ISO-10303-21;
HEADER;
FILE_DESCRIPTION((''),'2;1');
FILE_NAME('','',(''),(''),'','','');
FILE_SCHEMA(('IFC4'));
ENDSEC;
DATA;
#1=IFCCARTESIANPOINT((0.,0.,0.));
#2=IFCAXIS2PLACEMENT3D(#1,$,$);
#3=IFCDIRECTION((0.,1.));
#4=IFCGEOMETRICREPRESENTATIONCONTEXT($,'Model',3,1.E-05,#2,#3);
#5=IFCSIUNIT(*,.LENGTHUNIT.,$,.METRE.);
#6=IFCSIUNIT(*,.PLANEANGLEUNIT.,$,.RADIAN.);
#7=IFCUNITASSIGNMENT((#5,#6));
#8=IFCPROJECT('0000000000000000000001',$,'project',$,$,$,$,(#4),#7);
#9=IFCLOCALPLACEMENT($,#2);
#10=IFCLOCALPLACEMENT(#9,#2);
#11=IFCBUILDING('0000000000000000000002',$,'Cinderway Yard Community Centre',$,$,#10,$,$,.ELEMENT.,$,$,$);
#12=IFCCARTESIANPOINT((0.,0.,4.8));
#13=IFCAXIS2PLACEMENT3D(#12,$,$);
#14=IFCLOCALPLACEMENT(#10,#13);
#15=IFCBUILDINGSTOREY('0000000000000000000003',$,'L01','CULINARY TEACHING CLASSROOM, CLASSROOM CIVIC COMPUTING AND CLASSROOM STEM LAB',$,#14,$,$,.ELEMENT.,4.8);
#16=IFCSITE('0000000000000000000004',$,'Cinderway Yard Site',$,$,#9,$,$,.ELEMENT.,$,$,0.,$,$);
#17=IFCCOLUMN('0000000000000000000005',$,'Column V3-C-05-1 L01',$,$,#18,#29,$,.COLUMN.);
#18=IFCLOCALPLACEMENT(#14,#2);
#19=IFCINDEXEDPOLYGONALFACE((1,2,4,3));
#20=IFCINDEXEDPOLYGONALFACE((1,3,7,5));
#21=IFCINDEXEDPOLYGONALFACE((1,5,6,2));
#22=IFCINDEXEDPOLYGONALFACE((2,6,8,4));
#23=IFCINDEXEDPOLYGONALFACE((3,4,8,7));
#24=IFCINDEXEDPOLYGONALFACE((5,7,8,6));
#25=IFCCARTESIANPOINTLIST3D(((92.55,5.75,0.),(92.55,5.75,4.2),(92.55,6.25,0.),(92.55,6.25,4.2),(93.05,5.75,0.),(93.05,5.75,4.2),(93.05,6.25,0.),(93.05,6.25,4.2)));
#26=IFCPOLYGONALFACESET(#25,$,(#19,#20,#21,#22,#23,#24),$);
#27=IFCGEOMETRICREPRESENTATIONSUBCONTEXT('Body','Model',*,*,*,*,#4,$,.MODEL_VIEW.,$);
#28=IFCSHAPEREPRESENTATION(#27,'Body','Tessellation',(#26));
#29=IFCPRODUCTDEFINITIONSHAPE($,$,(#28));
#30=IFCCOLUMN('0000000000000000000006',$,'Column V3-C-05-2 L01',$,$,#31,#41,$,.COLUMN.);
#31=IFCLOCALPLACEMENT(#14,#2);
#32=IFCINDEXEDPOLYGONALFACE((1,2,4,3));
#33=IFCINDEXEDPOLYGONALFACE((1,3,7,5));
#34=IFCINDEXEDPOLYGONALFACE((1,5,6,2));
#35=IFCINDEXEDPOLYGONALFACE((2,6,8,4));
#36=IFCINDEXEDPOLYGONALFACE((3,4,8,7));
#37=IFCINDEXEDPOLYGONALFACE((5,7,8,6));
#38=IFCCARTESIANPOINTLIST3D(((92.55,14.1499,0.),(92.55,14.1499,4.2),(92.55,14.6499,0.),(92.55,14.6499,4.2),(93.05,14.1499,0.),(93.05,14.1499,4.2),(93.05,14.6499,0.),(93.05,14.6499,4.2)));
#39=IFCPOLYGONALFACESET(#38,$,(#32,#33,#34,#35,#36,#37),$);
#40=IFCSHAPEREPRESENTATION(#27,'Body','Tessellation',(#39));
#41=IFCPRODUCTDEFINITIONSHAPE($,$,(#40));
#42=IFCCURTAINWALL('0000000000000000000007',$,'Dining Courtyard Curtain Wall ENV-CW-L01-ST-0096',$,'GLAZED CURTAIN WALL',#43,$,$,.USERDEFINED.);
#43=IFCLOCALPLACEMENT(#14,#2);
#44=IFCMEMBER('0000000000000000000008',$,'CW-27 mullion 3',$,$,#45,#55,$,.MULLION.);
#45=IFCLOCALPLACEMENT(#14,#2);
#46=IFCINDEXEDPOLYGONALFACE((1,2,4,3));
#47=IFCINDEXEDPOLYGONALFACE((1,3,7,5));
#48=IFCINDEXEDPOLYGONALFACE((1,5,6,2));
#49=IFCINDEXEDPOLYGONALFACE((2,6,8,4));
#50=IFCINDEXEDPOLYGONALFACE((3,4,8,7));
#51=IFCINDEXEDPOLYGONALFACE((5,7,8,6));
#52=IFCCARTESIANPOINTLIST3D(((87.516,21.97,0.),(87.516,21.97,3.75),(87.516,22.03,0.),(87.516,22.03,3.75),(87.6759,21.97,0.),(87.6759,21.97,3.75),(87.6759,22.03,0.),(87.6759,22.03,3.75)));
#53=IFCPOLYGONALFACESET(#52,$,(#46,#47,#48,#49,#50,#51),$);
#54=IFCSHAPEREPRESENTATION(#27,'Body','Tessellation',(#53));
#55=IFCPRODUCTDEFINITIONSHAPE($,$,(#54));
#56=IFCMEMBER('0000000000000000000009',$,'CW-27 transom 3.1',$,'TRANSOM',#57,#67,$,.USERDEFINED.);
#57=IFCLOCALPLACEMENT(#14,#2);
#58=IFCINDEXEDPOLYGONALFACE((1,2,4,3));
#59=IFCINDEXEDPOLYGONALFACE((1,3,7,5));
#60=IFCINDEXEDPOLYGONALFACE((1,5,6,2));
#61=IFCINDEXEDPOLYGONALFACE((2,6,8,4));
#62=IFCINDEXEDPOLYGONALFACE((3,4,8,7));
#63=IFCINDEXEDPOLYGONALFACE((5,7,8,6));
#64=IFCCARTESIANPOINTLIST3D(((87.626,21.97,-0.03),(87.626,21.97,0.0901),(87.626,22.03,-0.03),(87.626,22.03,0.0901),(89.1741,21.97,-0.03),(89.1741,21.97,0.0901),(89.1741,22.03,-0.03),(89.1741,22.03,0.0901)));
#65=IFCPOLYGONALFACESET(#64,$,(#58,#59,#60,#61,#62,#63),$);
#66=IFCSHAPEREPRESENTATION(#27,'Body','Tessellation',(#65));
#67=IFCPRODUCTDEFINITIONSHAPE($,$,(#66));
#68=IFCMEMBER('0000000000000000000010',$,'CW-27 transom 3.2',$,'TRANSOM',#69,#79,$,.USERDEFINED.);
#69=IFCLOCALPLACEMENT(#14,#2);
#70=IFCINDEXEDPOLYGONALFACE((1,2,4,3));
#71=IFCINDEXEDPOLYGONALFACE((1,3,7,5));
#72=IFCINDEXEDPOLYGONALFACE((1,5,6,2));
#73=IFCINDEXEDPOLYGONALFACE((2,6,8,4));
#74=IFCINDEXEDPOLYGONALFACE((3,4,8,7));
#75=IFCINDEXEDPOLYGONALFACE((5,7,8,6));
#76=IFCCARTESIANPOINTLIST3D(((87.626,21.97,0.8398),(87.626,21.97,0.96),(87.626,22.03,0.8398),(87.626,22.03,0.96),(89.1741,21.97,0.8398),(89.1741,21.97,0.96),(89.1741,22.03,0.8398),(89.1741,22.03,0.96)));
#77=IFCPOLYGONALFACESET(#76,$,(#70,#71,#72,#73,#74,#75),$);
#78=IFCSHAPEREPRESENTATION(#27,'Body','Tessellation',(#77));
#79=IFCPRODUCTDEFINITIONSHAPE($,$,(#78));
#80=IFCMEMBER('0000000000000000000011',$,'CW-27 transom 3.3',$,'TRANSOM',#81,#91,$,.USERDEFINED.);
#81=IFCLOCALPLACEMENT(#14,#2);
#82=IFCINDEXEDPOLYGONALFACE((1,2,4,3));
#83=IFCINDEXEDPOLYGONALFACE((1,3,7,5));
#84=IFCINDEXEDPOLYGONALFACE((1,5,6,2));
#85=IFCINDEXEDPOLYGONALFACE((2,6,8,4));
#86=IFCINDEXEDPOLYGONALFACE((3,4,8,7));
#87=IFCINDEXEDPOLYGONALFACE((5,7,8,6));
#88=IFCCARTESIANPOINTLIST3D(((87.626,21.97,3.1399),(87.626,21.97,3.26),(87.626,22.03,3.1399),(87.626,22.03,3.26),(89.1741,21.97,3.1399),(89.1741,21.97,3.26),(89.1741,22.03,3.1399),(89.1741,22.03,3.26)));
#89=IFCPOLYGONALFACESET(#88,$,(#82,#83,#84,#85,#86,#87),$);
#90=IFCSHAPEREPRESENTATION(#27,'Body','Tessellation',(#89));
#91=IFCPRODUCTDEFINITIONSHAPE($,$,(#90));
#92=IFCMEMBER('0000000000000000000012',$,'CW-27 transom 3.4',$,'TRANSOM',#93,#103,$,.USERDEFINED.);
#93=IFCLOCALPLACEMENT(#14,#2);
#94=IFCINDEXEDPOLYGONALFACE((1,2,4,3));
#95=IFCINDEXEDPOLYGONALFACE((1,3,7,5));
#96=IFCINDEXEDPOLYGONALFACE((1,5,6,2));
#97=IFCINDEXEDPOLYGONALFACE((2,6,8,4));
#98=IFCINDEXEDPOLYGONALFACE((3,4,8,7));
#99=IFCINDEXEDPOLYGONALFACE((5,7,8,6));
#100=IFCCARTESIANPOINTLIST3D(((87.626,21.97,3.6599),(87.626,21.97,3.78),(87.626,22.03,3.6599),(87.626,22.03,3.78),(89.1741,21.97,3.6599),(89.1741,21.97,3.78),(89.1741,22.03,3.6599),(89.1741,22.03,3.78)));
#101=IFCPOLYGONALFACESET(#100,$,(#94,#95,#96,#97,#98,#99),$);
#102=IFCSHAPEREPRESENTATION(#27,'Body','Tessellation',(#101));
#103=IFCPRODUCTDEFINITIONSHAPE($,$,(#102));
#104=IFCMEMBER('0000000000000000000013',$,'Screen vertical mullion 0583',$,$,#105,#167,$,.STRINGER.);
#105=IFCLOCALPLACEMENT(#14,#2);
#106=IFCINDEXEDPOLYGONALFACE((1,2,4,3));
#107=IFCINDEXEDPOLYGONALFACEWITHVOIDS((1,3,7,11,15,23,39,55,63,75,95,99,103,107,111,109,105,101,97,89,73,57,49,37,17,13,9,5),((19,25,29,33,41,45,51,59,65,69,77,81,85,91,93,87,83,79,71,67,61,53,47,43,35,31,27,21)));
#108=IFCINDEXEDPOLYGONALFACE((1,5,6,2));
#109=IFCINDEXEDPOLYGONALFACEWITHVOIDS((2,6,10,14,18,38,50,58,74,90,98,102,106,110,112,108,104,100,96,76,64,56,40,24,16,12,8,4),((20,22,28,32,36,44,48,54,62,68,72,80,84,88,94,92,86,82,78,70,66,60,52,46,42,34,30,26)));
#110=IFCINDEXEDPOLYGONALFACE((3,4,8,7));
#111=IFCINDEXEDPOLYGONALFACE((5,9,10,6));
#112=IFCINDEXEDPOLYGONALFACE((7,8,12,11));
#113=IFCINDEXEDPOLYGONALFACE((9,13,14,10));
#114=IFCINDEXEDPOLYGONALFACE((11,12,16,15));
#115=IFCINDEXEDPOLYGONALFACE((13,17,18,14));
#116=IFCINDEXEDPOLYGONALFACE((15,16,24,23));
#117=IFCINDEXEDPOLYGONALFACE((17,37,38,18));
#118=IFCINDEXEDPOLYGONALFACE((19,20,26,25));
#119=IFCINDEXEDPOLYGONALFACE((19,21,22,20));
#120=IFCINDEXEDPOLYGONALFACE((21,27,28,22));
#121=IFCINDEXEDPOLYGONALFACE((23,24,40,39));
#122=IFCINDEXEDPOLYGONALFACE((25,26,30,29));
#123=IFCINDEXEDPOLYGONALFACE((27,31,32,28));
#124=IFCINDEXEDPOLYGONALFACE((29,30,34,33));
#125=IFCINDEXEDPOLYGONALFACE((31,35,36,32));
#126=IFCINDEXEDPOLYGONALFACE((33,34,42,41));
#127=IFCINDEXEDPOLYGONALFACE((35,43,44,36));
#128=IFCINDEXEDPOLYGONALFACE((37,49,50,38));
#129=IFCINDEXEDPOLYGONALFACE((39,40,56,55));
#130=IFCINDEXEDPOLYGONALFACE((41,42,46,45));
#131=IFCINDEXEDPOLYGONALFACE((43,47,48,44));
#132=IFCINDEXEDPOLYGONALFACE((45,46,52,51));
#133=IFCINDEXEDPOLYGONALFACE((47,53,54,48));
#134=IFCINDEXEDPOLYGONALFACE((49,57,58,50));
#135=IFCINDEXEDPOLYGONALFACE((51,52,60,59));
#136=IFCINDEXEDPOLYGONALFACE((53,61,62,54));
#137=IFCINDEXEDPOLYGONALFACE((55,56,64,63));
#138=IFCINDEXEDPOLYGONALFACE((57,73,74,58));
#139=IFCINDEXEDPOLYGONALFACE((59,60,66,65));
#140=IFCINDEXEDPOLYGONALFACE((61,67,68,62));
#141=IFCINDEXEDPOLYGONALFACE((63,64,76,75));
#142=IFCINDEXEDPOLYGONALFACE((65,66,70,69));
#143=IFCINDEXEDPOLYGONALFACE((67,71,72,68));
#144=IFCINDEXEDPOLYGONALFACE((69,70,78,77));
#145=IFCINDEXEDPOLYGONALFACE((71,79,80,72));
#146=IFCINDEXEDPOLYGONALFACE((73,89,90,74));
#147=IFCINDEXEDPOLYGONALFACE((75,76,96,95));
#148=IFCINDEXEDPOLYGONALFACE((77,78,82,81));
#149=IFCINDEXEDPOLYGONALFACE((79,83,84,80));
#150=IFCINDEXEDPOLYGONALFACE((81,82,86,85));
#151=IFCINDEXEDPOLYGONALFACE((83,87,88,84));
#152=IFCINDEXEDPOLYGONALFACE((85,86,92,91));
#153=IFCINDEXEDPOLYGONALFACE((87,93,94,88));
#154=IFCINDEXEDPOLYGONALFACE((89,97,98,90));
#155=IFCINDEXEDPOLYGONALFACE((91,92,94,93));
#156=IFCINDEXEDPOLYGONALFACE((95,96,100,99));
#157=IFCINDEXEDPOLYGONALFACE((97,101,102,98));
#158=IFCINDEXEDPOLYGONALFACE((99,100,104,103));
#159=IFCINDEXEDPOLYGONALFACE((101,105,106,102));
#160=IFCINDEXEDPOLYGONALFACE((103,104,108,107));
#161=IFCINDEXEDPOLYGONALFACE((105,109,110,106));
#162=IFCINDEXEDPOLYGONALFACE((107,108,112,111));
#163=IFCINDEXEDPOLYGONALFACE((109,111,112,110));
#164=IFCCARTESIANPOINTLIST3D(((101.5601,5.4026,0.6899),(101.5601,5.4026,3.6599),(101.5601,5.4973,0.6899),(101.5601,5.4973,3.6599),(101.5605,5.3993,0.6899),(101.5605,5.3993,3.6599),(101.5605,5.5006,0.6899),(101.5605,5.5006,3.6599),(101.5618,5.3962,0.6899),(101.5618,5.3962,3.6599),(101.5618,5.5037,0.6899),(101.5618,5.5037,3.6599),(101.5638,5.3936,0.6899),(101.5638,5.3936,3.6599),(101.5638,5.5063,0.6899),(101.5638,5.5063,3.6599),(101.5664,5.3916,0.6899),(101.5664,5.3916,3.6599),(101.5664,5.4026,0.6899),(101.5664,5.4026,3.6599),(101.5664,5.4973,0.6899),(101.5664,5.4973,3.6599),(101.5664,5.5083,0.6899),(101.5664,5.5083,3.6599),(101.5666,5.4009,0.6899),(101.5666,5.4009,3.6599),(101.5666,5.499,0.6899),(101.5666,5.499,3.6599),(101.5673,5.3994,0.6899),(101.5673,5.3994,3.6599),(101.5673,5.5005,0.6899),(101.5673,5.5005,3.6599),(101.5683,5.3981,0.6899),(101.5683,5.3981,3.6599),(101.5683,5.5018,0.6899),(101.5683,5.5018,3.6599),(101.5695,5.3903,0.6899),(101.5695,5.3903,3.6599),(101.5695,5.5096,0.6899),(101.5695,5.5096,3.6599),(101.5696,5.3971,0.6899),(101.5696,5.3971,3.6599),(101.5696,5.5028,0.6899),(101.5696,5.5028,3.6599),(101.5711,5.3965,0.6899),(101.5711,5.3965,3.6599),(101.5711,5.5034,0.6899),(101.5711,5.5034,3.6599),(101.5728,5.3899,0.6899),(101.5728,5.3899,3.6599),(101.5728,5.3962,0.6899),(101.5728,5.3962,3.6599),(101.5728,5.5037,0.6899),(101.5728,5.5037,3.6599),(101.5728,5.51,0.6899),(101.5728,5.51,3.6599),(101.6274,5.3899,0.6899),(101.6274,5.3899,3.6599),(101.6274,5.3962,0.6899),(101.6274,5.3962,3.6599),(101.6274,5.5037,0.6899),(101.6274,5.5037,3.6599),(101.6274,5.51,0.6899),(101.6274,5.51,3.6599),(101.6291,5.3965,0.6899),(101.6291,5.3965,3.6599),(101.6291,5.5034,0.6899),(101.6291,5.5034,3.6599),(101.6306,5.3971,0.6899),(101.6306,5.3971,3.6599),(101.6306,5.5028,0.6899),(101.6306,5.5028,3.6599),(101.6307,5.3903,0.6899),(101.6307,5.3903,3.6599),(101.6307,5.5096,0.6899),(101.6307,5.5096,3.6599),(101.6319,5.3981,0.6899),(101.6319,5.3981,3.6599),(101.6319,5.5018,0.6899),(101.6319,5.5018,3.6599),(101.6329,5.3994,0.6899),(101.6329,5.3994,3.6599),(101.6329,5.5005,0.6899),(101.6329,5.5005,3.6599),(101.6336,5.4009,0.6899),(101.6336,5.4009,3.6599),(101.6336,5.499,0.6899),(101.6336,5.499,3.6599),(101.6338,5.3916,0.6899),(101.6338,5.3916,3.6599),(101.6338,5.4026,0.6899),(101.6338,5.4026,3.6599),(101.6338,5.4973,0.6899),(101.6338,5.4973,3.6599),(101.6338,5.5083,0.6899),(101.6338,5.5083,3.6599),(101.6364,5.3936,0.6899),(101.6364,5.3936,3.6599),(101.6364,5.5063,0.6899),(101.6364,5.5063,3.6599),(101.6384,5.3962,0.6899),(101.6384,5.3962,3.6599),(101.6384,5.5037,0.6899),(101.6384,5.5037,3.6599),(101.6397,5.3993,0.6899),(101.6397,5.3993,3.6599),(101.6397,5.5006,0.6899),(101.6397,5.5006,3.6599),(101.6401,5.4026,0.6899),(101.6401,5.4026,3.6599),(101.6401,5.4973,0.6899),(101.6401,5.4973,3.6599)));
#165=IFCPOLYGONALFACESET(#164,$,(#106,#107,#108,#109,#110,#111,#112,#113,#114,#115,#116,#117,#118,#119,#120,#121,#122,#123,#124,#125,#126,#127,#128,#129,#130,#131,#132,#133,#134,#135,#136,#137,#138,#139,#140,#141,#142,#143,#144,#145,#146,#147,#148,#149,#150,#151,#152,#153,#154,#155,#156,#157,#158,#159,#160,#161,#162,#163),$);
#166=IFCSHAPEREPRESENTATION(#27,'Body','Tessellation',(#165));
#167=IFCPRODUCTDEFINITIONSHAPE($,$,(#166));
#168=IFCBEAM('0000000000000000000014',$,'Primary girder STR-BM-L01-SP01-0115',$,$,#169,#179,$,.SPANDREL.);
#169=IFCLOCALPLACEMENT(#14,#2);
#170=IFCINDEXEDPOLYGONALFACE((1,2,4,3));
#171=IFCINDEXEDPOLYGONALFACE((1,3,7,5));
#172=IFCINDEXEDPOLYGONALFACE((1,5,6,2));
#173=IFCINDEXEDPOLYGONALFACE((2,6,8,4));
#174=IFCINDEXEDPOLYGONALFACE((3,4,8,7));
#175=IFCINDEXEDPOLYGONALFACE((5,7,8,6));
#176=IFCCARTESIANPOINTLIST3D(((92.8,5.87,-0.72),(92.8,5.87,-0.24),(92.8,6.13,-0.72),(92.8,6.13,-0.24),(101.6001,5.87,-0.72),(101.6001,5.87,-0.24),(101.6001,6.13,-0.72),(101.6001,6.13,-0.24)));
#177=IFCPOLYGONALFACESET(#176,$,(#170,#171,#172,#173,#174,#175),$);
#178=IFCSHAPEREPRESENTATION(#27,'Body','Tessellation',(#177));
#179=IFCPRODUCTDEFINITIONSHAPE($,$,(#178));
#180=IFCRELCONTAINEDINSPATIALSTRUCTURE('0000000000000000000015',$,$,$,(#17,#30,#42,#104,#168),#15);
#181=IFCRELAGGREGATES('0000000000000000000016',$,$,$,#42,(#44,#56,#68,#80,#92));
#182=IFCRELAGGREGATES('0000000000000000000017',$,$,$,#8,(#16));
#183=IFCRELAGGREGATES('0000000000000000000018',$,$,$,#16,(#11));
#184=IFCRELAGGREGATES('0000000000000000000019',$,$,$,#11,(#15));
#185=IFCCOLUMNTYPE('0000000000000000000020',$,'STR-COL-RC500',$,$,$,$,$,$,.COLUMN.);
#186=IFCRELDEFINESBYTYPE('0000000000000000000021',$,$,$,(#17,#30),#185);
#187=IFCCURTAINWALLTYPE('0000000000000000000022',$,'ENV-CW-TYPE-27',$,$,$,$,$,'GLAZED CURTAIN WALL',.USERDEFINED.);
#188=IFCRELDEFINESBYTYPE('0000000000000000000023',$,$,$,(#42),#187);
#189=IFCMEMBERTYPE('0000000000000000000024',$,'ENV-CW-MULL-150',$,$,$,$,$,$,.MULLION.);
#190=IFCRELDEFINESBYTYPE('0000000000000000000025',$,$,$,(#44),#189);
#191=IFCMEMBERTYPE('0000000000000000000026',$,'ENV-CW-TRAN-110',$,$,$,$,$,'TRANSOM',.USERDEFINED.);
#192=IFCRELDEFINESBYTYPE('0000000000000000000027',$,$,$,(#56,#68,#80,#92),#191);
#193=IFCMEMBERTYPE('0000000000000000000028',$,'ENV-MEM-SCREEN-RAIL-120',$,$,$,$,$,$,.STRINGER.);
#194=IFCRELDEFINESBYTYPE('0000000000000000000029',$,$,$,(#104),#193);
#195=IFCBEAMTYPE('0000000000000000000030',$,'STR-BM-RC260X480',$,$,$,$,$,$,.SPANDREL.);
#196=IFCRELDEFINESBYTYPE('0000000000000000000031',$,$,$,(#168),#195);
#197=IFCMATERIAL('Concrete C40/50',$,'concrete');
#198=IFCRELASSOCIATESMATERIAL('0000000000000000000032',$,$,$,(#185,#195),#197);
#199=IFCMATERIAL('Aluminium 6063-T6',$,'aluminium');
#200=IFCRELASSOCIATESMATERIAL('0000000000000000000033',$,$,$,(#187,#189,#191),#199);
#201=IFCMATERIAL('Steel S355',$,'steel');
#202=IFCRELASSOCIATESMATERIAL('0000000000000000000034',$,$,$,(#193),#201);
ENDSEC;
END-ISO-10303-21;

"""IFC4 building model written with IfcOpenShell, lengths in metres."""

from ifc_helpers import new_model, si_unit, direction, frame, origin, origin_2d, place, context, subcontext, project, spatial, rectangle, hollow_rectangle, extrude, material, material_profile, profile_set, type_object, element, aggregate, save


model = new_model("IFC4")

# Units and contexts
model_context = context("Model", 3, precision=1e-05, world=origin(), true_north=direction((0.0, 1.0)))
body_context = subcontext(model_context, "Body", "Model", "MODEL_VIEW")
ifc_project = project(units=[si_unit("LENGTHUNIT", "METRE"), si_unit("PLANEANGLEUNIT", "RADIAN")], contexts=[model_context])

# Site, building, storey
site_placement = place(None, origin())
site = spatial("IfcSite", under=ifc_project, at=site_placement, Name="Cinderway Yard Site", CompositionType="ELEMENT", RefElevation=0.0)
building_placement = place(site_placement, origin())
building = spatial("IfcBuilding", under=site, at=building_placement, Name="Cinderway Yard Community Centre", CompositionType="ELEMENT")
storey_placement = place(building_placement, frame((0.0, 0.0, 4.8)))
storey = spatial("IfcBuildingStorey", under=building, at=storey_placement, Name="L01", Description="CULINARY TEACHING CLASSROOM, CLASSROOM CIVIC COMPUTING AND CLASSROOM STEM LAB", CompositionType="ELEMENT", Elevation=4.8)

# Columns
ifc_material_1 = material(Name="Concrete C40/50", Category="concrete")
ifc_material_profile_1 = material_profile(ifc_material_1, rectangle(XDim=0.5, YDim=0.5, at=origin_2d()), Name="Concrete C40/50")
ifc_profile_set_1 = profile_set([ifc_material_profile_1], Name="Concrete C40/50")
column_type = type_object("IfcColumnType", Name="STR-COL-RC500", PredefinedType="COLUMN", material=ifc_profile_set_1)
for number, where, z_axis, x_axis, name in (
    (1, (92.8, 6.0, 0.0), (0.0, 0.0, 1.0), (1.0, 0.0, 0.0), "Column V3-C-05-1 L01"),
    (2, (92.8, 14.3999, 0.0), (0.0, 0.0, 1.0), (1.0, 0.0, 0.0), "Column V3-C-05-2 L01"),
):
    element("IfcColumn", number, at=place(storey_placement, frame(where, z_axis=z_axis, x_axis=x_axis)), inside=storey, type_object=column_type, Name=name, PredefinedType="COLUMN", context=body_context, shape_type="SweptSolid", body=[
        extrude(rectangle(XDim=0.5, YDim=0.5, at=origin_2d()), origin(), (0.0, 0.0, 1.0), 4.2),
    ])

# Curtain wall, members
ifc_material_2 = material(Name="Aluminium 6063-T6", Category="aluminium")
curtain_wall_type = type_object("IfcCurtainWallType", Name="ENV-CW-TYPE-27", ElementType="GLAZED CURTAIN WALL", PredefinedType="USERDEFINED", material=ifc_material_2)
curtain_wall_placement = place(storey_placement, origin())
curtain_wall = element("IfcCurtainWall", 3, at=curtain_wall_placement, inside=storey, type_object=curtain_wall_type, Name="Dining Courtyard Curtain Wall ENV-CW-L01-ST-0096", ObjectType="GLAZED CURTAIN WALL", PredefinedType="USERDEFINED")
ifc_material_profile_2 = material_profile(ifc_material_2, rectangle(XDim=0.0601, YDim=0.1599, at=origin_2d()), Name="Aluminium 6063-T6")
ifc_profile_set_2 = profile_set([ifc_material_profile_2], Name="Aluminium 6063-T6")
member_type_1 = type_object("IfcMemberType", Name="ENV-CW-MULL-150", PredefinedType="MULLION", material=ifc_profile_set_2)
member_1_placement = place(storey_placement, frame((87.5959, 22.0, 0.0), z_axis=(0.0, 0.0, 1.0), x_axis=(0.0, 1.0, 0.0)))
member_1 = element("IfcMember", 4, at=member_1_placement, type_object=member_type_1, Name="CW-27 mullion 3", PredefinedType="MULLION", context=body_context, shape_type="SweptSolid", body=[
    extrude(rectangle(XDim=0.0601, YDim=0.1599, at=origin_2d()), origin(), (0.0, 0.0, 1.0), 3.75),
])
ifc_material_profile_3 = material_profile(ifc_material_2, rectangle(XDim=0.0601, YDim=0.1201, at=origin_2d()), Name="Aluminium 6063-T6")
ifc_profile_set_3 = profile_set([ifc_material_profile_3], Name="Aluminium 6063-T6")
member_type_2 = type_object("IfcMemberType", Name="ENV-CW-TRAN-110", ElementType="TRANSOM", PredefinedType="USERDEFINED", material=ifc_profile_set_3)
member_2_placement = place(storey_placement, frame((87.626, 22.0, 0.03), z_axis=(1.0, 0.0, 0.0), x_axis=(0.0, 1.0, 0.0)))
member_2 = element("IfcMember", 5, at=member_2_placement, type_object=member_type_2, Name="CW-27 transom 3.1", ObjectType="TRANSOM", PredefinedType="USERDEFINED", context=body_context, shape_type="SweptSolid", body=[
    extrude(rectangle(XDim=0.0601, YDim=0.1201, at=origin_2d()), origin(), (0.0, 0.0, 1.0), 1.5481),
])
member_3_placement = place(storey_placement, frame((87.626, 22.0, 0.8999), z_axis=(1.0, 0.0, 0.0), x_axis=(0.0, 1.0, 0.0)))
member_3 = element("IfcMember", 6, at=member_3_placement, type_object=member_type_2, Name="CW-27 transom 3.2", ObjectType="TRANSOM", PredefinedType="USERDEFINED", context=body_context, shape_type="SweptSolid", body=[
    extrude(rectangle(XDim=0.0601, YDim=0.1201, at=origin_2d()), origin(), (0.0, 0.0, 1.0), 1.5481),
])
member_4_placement = place(storey_placement, frame((87.626, 22.0, 3.2), z_axis=(1.0, 0.0, 0.0), x_axis=(0.0, 1.0, 0.0)))
member_4 = element("IfcMember", 7, at=member_4_placement, type_object=member_type_2, Name="CW-27 transom 3.3", ObjectType="TRANSOM", PredefinedType="USERDEFINED", context=body_context, shape_type="SweptSolid", body=[
    extrude(rectangle(XDim=0.0601, YDim=0.1201, at=origin_2d()), origin(), (0.0, 0.0, 1.0), 1.5481),
])
member_5_placement = place(storey_placement, frame((87.626, 22.0, 3.72), z_axis=(1.0, 0.0, 0.0), x_axis=(0.0, 1.0, 0.0)))
member_5 = element("IfcMember", 8, at=member_5_placement, type_object=member_type_2, Name="CW-27 transom 3.4", ObjectType="TRANSOM", PredefinedType="USERDEFINED", context=body_context, shape_type="SweptSolid", body=[
    extrude(rectangle(XDim=0.0601, YDim=0.1201, at=origin_2d()), origin(), (0.0, 0.0, 1.0), 1.5481),
])

# Member
ifc_material_3 = material(Name="Steel S355", Category="steel")
ifc_material_profile_4 = material_profile(ifc_material_3, hollow_rectangle(XDim=0.0801, YDim=0.1201, WallThickness=0.0063, InnerFilletRadius=0.0063, OuterFilletRadius=0.0127, at=origin_2d()), Name="Steel S355")
ifc_profile_set_4 = profile_set([ifc_material_profile_4], Name="Steel S355")
member_type_3 = type_object("IfcMemberType", Name="ENV-MEM-SCREEN-RAIL-120", PredefinedType="STRINGER", material=ifc_profile_set_4)
member_6_placement = place(storey_placement, frame((101.6001, 5.45, 0.6899), z_axis=(0.0, 0.0, 1.0), x_axis=(1.0, 0.0, 0.0)))
element("IfcMember", 9, at=member_6_placement, inside=storey, type_object=member_type_3, Name="Screen vertical mullion 0583", PredefinedType="STRINGER", context=body_context, shape_type="SweptSolid", body=[
    extrude(hollow_rectangle(XDim=0.0801, YDim=0.1201, WallThickness=0.0063, InnerFilletRadius=0.0063, OuterFilletRadius=0.0127, at=origin_2d()), origin(), (0.0, 0.0, 1.0), 2.97),
])

# Beam
ifc_material_profile_5 = material_profile(ifc_material_1, rectangle(XDim=0.26, YDim=0.48, at=origin_2d()), Name="Concrete C40/50")
ifc_profile_set_5 = profile_set([ifc_material_profile_5], Name="Concrete C40/50")
beam_type_1 = type_object("IfcBeamType", Name="STR-BM-RC260X480", PredefinedType="SPANDREL", material=ifc_profile_set_5)
beam_1_placement = place(storey_placement, frame((92.8, 6.0, -0.48), z_axis=(1.0, 0.0, 0.0), x_axis=(0.0, 1.0, 0.0)))
element("IfcBeam", 10, at=beam_1_placement, inside=storey, type_object=beam_type_1, Name="Primary girder STR-BM-L01-SP01-0115", PredefinedType="SPANDREL", context=body_context, shape_type="SweptSolid", body=[
    extrude(rectangle(XDim=0.26, YDim=0.48, at=origin_2d()), origin(), (0.0, 0.0, 1.0), 8.8),
])

aggregate(curtain_wall, [member_1, member_2, member_3, member_4, member_5])

save(model, "model.ifc")
